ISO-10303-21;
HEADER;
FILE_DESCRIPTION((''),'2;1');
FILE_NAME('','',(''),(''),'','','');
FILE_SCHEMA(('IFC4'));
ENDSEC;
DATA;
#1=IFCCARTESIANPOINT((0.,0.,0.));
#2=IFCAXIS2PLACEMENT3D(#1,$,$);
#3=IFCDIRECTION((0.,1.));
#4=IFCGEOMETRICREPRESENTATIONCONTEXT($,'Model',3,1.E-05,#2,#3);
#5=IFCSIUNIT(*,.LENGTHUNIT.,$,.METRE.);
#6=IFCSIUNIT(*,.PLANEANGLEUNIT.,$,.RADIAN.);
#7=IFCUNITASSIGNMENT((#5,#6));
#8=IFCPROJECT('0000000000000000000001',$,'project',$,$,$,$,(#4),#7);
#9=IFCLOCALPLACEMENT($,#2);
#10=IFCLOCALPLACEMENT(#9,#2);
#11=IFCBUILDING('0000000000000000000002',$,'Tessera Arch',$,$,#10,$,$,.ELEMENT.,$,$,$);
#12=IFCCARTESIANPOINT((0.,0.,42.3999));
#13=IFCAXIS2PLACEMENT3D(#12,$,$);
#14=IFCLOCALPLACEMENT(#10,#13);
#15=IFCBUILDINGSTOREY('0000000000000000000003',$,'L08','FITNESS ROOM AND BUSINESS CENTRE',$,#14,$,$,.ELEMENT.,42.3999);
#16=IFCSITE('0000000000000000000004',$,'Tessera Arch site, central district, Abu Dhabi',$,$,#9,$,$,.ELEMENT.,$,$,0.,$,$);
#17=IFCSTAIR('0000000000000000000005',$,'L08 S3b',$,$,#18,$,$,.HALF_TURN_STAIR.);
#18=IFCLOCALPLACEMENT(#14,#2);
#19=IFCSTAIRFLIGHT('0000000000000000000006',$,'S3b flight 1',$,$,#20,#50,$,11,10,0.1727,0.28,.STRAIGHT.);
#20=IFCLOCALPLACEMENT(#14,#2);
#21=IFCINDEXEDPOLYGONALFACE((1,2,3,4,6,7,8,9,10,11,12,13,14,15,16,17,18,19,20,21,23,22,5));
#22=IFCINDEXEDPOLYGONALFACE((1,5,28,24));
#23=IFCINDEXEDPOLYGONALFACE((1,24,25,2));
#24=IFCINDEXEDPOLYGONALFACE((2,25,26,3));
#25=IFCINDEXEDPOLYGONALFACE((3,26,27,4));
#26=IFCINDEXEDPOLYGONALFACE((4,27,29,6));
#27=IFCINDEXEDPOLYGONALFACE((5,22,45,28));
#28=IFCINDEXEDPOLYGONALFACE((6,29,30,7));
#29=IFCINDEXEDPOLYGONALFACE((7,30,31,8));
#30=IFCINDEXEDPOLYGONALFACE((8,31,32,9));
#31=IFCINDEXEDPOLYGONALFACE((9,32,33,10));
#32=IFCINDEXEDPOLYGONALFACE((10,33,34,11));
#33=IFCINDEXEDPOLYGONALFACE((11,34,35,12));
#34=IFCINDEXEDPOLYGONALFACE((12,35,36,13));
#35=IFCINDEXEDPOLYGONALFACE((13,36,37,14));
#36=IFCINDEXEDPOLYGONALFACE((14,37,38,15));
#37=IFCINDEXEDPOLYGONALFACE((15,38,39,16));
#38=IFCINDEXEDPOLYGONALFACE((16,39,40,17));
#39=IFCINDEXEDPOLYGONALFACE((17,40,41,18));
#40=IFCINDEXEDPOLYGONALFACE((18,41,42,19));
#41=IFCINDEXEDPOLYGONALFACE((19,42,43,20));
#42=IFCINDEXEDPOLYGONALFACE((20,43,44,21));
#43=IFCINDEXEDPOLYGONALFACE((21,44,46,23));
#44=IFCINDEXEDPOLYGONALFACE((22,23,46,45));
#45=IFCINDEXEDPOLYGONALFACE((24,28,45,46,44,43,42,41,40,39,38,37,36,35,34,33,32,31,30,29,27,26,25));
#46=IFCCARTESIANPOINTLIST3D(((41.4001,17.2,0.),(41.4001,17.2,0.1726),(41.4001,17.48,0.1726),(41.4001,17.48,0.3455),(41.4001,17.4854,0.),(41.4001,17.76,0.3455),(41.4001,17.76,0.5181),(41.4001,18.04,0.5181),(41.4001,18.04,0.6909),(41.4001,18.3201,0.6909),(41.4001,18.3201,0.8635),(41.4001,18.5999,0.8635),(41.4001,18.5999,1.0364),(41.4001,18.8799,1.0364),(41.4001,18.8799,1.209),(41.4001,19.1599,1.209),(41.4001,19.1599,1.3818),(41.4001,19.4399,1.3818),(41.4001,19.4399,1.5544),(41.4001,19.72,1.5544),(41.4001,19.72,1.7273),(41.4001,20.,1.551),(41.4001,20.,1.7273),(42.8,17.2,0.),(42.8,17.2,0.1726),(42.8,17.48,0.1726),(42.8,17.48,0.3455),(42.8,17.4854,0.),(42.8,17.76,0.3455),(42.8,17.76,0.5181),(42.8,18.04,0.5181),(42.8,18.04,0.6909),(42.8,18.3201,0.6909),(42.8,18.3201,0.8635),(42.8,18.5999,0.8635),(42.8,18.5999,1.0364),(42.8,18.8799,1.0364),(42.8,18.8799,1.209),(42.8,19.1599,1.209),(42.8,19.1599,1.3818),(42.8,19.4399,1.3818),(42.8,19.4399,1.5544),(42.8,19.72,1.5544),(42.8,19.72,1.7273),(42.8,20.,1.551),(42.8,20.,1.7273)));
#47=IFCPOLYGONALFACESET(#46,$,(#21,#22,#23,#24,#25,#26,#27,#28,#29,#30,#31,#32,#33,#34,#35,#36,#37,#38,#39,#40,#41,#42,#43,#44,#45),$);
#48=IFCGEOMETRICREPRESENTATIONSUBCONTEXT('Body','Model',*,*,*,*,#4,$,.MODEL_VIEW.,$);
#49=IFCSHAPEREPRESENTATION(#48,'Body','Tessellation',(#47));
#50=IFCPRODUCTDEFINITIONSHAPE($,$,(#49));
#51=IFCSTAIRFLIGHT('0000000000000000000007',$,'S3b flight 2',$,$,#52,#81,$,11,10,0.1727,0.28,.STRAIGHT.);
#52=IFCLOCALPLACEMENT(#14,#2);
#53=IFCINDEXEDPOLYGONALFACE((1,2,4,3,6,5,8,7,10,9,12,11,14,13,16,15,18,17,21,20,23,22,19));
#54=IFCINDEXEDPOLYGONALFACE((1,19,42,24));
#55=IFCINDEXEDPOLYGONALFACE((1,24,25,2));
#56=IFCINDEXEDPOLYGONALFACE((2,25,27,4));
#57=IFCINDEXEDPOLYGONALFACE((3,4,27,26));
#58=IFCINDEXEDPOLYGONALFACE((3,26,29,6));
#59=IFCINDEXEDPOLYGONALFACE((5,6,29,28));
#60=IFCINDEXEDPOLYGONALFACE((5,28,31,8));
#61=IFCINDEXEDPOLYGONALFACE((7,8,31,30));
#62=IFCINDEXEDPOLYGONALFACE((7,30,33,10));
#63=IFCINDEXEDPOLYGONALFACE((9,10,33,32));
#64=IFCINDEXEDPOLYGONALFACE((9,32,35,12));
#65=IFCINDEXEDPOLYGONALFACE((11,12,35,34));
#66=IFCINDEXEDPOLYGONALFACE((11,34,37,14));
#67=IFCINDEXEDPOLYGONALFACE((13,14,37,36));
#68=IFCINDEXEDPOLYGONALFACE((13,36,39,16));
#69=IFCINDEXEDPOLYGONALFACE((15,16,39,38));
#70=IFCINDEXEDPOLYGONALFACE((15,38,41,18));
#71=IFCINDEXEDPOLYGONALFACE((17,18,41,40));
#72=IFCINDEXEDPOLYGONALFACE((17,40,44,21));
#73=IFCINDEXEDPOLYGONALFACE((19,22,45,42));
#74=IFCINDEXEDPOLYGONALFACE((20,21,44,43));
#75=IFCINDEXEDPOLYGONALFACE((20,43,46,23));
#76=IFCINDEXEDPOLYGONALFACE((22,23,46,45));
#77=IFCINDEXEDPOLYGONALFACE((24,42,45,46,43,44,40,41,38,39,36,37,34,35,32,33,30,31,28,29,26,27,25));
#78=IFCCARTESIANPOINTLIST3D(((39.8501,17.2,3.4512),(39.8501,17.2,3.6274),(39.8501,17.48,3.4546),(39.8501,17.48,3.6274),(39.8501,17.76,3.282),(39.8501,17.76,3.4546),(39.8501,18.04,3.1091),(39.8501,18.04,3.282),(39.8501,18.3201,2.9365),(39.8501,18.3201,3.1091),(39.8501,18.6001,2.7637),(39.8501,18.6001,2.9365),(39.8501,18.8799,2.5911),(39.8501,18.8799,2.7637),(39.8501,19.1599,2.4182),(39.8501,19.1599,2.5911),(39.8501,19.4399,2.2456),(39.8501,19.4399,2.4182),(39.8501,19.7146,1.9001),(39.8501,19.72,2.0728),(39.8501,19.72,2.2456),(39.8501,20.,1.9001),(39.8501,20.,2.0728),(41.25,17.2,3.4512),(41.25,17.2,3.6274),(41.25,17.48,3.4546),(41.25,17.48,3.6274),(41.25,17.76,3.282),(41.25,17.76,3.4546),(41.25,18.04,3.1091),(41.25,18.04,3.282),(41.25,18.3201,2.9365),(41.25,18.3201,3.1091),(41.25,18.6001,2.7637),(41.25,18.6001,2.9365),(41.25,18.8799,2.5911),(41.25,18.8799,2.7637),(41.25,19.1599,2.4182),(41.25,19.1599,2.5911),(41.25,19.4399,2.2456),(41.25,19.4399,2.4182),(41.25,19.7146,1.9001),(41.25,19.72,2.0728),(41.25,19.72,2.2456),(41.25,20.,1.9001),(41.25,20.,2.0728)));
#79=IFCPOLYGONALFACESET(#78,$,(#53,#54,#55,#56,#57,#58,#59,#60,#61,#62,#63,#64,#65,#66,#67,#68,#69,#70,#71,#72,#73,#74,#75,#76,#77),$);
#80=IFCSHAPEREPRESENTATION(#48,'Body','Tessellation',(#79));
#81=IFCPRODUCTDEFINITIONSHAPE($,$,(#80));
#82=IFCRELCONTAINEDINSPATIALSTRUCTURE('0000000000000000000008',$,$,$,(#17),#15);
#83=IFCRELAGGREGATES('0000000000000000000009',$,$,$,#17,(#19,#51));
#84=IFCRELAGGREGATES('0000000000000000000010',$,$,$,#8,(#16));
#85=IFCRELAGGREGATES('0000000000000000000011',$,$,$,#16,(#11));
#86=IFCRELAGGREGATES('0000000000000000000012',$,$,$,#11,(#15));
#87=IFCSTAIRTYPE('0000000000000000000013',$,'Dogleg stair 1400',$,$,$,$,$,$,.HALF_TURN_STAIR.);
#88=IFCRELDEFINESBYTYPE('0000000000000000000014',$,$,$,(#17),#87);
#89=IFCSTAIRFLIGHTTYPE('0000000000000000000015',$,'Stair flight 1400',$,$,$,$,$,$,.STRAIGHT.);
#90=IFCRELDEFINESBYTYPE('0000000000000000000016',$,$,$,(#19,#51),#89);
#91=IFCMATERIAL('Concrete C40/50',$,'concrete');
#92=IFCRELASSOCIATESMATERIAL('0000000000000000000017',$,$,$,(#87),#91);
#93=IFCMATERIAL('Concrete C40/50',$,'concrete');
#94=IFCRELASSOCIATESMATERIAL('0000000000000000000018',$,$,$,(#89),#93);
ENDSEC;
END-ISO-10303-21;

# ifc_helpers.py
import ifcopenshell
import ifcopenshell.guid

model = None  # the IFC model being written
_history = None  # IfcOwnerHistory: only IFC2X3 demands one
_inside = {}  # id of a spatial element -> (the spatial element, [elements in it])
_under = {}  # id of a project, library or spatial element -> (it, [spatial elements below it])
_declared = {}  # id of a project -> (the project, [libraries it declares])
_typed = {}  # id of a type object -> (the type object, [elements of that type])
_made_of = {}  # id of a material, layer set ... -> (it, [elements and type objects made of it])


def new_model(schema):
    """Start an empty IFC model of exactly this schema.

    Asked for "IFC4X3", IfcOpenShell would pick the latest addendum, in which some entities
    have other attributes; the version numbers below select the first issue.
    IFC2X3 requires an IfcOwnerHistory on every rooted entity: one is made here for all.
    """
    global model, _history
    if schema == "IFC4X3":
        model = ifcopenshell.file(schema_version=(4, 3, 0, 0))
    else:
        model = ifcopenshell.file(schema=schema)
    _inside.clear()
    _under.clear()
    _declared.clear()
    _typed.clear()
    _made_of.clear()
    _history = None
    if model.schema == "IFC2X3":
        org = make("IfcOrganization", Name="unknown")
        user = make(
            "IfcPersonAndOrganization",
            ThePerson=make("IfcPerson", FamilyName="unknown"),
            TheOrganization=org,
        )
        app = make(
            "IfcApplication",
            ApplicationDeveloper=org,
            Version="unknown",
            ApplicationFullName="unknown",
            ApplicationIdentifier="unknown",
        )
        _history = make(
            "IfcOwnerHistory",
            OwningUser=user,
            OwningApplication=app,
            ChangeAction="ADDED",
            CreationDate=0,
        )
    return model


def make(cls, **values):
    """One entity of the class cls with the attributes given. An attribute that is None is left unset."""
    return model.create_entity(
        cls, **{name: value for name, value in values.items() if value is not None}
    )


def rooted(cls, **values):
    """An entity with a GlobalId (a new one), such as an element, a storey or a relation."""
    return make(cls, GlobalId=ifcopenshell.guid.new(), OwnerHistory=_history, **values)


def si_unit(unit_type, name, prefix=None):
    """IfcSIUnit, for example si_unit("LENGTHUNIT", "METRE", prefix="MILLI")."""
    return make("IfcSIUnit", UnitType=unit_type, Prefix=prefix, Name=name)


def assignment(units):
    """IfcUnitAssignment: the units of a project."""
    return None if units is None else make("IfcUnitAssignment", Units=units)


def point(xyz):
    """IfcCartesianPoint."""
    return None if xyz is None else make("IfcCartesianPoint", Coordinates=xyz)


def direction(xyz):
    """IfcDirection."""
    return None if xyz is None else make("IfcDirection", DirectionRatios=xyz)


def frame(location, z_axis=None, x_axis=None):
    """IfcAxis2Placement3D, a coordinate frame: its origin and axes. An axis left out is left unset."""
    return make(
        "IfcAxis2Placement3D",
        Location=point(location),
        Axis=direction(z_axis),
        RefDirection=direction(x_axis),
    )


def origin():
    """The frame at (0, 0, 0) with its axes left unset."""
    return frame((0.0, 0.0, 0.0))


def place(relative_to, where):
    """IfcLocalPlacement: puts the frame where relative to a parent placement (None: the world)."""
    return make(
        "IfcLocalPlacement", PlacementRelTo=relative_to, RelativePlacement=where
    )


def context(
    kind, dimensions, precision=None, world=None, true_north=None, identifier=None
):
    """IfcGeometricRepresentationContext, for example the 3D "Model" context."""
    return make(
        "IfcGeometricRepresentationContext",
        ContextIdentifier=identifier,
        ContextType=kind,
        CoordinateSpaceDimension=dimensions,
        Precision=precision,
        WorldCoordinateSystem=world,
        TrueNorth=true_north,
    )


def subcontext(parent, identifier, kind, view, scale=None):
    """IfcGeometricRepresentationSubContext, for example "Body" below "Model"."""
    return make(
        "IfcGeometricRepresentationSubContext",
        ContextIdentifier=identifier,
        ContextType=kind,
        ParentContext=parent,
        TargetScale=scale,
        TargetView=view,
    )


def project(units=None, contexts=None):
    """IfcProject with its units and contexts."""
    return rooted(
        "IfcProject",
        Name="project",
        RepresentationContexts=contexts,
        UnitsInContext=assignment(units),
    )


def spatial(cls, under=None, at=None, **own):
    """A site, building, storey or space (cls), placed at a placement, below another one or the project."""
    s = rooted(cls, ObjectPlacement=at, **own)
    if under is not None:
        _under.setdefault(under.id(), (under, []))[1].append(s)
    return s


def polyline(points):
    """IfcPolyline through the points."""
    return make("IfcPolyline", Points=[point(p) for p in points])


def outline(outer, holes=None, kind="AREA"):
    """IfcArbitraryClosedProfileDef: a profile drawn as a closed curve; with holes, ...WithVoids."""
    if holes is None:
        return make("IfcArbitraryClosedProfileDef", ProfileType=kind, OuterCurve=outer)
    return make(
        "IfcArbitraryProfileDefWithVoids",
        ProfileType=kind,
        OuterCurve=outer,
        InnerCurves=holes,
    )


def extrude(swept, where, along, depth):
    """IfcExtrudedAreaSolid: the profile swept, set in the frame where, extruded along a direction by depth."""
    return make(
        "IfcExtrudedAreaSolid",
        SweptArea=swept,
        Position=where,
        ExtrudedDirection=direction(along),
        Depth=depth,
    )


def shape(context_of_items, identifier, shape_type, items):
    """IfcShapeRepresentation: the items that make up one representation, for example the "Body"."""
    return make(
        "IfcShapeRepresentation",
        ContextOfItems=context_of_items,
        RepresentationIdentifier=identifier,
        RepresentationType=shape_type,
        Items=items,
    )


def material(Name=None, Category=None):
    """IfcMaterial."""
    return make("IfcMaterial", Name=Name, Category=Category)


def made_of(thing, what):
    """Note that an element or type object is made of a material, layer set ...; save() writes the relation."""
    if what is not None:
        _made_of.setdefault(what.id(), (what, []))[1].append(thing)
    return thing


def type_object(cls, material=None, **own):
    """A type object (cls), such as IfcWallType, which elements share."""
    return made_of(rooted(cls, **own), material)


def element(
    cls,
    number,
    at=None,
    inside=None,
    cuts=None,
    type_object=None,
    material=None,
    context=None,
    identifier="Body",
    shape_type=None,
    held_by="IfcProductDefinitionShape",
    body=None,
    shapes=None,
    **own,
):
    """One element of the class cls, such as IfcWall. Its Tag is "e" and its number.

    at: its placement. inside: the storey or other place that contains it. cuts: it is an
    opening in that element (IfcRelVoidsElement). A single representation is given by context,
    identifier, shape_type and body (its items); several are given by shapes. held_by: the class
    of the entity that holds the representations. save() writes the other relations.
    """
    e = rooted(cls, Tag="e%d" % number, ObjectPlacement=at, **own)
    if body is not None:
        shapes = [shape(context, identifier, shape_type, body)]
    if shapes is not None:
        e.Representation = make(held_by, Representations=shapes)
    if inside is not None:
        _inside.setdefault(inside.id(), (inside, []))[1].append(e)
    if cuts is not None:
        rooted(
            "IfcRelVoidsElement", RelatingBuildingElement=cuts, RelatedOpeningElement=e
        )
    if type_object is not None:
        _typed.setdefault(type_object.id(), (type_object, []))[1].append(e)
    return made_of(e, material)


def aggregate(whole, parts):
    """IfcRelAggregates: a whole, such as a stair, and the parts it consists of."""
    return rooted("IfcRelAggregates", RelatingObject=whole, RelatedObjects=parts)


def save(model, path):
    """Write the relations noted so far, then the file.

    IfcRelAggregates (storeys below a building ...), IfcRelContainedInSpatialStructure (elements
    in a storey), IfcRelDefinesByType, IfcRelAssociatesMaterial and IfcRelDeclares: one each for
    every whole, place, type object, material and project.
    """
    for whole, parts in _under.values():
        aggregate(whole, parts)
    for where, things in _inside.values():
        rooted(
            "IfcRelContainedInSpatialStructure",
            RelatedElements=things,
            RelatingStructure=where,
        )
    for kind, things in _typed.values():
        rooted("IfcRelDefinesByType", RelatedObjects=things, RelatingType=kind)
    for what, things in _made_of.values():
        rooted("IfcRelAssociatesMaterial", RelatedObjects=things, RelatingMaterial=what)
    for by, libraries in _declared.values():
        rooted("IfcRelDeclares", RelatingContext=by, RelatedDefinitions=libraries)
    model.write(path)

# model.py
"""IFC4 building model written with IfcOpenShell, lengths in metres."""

from ifc_helpers import new_model, si_unit, direction, frame, origin, place, context, subcontext, project, spatial, polyline, outline, extrude, material, type_object, element, aggregate, save


model = new_model("IFC4")

# Units and contexts
model_context = context("Model", 3, precision=1e-05, world=origin(), true_north=direction((0.0, 1.0)))
body_context = subcontext(model_context, "Body", "Model", "MODEL_VIEW")
ifc_project = project(units=[si_unit("LENGTHUNIT", "METRE"), si_unit("PLANEANGLEUNIT", "RADIAN")], contexts=[model_context])

# Site, building, storey
site_placement = place(None, origin())
site = spatial("IfcSite", under=ifc_project, at=site_placement, Name="Tessera Arch site, central district, Abu Dhabi", CompositionType="ELEMENT", RefElevation=0.0)
building_placement = place(site_placement, origin())
building = spatial("IfcBuilding", under=site, at=building_placement, Name="Tessera Arch", CompositionType="ELEMENT")
storey_placement = place(building_placement, frame((0.0, 0.0, 42.3999)))
storey = spatial("IfcBuildingStorey", under=building, at=storey_placement, Name="L08", Description="FITNESS ROOM AND BUSINESS CENTRE", CompositionType="ELEMENT", Elevation=42.3999)

# Stair, stair flights
ifc_material_1 = material(Name="Concrete C40/50", Category="concrete")
stair_type = type_object("IfcStairType", Name="Dogleg stair 1400", PredefinedType="HALF_TURN_STAIR", material=ifc_material_1)
stair_placement = place(storey_placement, origin())
stair = element("IfcStair", 1, at=stair_placement, inside=storey, type_object=stair_type, Name="L08 S3b", PredefinedType="HALF_TURN_STAIR")
ifc_material_2 = material(Name="Concrete C40/50", Category="concrete")
stair_flight_type = type_object("IfcStairFlightType", Name="Stair flight 1400", PredefinedType="STRAIGHT", material=ifc_material_2)
stair_flight_1_placement = place(storey_placement, frame((42.1001, 17.2, 0.0), z_axis=(0.0, 0.0, 1.0), x_axis=(0.0, 1.0, 0.0)))
stair_flight_1 = element("IfcStairFlight", 2, at=stair_flight_1_placement, type_object=stair_flight_type, Name="S3b flight 1", NumberOfRisers=11, NumberOfTreads=10, PredefinedType="STRAIGHT", RiserHeight=0.1727, TreadLength=0.28, context=body_context, shape_type="SweptSolid", body=[
    extrude(outline(polyline([(0.0, 0.0), (0.0, 0.1726), (0.28, 0.1726), (0.28, 0.3455), (0.5601, 0.3455), (0.5601, 0.5181), (0.8401, 0.5181), (0.8401, 0.6909), (1.1201, 0.6909), (1.1201, 0.8635), (1.3999, 0.8635), (1.3999, 1.0364), (1.6799, 1.0364), (1.6799, 1.209), (1.96, 1.209), (1.96, 1.3818), (2.24, 1.3818), (2.24, 1.5544), (2.52, 1.5544), (2.52, 1.7273), (2.8, 1.7273), (2.8, 1.8999), (2.8, 1.551), (0.2854, 0.0), (0.0, 0.0)])), frame((0.0, 0.7, 0.0), z_axis=(0.0, -1.0, 0.0), x_axis=(1.0, 0.0, 0.0)), (0.0, 0.0, 1.0), 1.3999),
])
stair_flight_2_placement = place(storey_placement, frame((40.55, 20.0, 1.9001), z_axis=(0.0, 0.0, 1.0), x_axis=(0.0, -1.0, 0.0)))
stair_flight_2 = element("IfcStairFlight", 3, at=stair_flight_2_placement, type_object=stair_flight_type, Name="S3b flight 2", NumberOfRisers=11, NumberOfTreads=10, PredefinedType="STRAIGHT", RiserHeight=0.1727, TreadLength=0.28, context=body_context, shape_type="SweptSolid", body=[
    extrude(outline(polyline([(0.0, 0.0), (0.0, 0.1726), (0.28, 0.1726), (0.28, 0.3455), (0.5601, 0.3455), (0.5601, 0.5181), (0.8401, 0.5181), (0.8401, 0.6909), (1.1201, 0.6909), (1.1201, 0.8635), (1.3999, 0.8635), (1.3999, 1.0364), (1.6799, 1.0364), (1.6799, 1.209), (1.96, 1.209), (1.96, 1.3818), (2.24, 1.3818), (2.24, 1.5544), (2.52, 1.5544), (2.52, 1.7273), (2.8, 1.7273), (2.8, 1.8999), (2.8, 1.551), (0.2854, 0.0), (0.0, 0.0)])), frame((0.0, 0.7, 0.0), z_axis=(0.0, -1.0, 0.0), x_axis=(1.0, 0.0, 0.0)), (0.0, 0.0, 1.0), 1.3999),
])
aggregate(stair, [stair_flight_1, stair_flight_2])

save(model, "model.ifc")
